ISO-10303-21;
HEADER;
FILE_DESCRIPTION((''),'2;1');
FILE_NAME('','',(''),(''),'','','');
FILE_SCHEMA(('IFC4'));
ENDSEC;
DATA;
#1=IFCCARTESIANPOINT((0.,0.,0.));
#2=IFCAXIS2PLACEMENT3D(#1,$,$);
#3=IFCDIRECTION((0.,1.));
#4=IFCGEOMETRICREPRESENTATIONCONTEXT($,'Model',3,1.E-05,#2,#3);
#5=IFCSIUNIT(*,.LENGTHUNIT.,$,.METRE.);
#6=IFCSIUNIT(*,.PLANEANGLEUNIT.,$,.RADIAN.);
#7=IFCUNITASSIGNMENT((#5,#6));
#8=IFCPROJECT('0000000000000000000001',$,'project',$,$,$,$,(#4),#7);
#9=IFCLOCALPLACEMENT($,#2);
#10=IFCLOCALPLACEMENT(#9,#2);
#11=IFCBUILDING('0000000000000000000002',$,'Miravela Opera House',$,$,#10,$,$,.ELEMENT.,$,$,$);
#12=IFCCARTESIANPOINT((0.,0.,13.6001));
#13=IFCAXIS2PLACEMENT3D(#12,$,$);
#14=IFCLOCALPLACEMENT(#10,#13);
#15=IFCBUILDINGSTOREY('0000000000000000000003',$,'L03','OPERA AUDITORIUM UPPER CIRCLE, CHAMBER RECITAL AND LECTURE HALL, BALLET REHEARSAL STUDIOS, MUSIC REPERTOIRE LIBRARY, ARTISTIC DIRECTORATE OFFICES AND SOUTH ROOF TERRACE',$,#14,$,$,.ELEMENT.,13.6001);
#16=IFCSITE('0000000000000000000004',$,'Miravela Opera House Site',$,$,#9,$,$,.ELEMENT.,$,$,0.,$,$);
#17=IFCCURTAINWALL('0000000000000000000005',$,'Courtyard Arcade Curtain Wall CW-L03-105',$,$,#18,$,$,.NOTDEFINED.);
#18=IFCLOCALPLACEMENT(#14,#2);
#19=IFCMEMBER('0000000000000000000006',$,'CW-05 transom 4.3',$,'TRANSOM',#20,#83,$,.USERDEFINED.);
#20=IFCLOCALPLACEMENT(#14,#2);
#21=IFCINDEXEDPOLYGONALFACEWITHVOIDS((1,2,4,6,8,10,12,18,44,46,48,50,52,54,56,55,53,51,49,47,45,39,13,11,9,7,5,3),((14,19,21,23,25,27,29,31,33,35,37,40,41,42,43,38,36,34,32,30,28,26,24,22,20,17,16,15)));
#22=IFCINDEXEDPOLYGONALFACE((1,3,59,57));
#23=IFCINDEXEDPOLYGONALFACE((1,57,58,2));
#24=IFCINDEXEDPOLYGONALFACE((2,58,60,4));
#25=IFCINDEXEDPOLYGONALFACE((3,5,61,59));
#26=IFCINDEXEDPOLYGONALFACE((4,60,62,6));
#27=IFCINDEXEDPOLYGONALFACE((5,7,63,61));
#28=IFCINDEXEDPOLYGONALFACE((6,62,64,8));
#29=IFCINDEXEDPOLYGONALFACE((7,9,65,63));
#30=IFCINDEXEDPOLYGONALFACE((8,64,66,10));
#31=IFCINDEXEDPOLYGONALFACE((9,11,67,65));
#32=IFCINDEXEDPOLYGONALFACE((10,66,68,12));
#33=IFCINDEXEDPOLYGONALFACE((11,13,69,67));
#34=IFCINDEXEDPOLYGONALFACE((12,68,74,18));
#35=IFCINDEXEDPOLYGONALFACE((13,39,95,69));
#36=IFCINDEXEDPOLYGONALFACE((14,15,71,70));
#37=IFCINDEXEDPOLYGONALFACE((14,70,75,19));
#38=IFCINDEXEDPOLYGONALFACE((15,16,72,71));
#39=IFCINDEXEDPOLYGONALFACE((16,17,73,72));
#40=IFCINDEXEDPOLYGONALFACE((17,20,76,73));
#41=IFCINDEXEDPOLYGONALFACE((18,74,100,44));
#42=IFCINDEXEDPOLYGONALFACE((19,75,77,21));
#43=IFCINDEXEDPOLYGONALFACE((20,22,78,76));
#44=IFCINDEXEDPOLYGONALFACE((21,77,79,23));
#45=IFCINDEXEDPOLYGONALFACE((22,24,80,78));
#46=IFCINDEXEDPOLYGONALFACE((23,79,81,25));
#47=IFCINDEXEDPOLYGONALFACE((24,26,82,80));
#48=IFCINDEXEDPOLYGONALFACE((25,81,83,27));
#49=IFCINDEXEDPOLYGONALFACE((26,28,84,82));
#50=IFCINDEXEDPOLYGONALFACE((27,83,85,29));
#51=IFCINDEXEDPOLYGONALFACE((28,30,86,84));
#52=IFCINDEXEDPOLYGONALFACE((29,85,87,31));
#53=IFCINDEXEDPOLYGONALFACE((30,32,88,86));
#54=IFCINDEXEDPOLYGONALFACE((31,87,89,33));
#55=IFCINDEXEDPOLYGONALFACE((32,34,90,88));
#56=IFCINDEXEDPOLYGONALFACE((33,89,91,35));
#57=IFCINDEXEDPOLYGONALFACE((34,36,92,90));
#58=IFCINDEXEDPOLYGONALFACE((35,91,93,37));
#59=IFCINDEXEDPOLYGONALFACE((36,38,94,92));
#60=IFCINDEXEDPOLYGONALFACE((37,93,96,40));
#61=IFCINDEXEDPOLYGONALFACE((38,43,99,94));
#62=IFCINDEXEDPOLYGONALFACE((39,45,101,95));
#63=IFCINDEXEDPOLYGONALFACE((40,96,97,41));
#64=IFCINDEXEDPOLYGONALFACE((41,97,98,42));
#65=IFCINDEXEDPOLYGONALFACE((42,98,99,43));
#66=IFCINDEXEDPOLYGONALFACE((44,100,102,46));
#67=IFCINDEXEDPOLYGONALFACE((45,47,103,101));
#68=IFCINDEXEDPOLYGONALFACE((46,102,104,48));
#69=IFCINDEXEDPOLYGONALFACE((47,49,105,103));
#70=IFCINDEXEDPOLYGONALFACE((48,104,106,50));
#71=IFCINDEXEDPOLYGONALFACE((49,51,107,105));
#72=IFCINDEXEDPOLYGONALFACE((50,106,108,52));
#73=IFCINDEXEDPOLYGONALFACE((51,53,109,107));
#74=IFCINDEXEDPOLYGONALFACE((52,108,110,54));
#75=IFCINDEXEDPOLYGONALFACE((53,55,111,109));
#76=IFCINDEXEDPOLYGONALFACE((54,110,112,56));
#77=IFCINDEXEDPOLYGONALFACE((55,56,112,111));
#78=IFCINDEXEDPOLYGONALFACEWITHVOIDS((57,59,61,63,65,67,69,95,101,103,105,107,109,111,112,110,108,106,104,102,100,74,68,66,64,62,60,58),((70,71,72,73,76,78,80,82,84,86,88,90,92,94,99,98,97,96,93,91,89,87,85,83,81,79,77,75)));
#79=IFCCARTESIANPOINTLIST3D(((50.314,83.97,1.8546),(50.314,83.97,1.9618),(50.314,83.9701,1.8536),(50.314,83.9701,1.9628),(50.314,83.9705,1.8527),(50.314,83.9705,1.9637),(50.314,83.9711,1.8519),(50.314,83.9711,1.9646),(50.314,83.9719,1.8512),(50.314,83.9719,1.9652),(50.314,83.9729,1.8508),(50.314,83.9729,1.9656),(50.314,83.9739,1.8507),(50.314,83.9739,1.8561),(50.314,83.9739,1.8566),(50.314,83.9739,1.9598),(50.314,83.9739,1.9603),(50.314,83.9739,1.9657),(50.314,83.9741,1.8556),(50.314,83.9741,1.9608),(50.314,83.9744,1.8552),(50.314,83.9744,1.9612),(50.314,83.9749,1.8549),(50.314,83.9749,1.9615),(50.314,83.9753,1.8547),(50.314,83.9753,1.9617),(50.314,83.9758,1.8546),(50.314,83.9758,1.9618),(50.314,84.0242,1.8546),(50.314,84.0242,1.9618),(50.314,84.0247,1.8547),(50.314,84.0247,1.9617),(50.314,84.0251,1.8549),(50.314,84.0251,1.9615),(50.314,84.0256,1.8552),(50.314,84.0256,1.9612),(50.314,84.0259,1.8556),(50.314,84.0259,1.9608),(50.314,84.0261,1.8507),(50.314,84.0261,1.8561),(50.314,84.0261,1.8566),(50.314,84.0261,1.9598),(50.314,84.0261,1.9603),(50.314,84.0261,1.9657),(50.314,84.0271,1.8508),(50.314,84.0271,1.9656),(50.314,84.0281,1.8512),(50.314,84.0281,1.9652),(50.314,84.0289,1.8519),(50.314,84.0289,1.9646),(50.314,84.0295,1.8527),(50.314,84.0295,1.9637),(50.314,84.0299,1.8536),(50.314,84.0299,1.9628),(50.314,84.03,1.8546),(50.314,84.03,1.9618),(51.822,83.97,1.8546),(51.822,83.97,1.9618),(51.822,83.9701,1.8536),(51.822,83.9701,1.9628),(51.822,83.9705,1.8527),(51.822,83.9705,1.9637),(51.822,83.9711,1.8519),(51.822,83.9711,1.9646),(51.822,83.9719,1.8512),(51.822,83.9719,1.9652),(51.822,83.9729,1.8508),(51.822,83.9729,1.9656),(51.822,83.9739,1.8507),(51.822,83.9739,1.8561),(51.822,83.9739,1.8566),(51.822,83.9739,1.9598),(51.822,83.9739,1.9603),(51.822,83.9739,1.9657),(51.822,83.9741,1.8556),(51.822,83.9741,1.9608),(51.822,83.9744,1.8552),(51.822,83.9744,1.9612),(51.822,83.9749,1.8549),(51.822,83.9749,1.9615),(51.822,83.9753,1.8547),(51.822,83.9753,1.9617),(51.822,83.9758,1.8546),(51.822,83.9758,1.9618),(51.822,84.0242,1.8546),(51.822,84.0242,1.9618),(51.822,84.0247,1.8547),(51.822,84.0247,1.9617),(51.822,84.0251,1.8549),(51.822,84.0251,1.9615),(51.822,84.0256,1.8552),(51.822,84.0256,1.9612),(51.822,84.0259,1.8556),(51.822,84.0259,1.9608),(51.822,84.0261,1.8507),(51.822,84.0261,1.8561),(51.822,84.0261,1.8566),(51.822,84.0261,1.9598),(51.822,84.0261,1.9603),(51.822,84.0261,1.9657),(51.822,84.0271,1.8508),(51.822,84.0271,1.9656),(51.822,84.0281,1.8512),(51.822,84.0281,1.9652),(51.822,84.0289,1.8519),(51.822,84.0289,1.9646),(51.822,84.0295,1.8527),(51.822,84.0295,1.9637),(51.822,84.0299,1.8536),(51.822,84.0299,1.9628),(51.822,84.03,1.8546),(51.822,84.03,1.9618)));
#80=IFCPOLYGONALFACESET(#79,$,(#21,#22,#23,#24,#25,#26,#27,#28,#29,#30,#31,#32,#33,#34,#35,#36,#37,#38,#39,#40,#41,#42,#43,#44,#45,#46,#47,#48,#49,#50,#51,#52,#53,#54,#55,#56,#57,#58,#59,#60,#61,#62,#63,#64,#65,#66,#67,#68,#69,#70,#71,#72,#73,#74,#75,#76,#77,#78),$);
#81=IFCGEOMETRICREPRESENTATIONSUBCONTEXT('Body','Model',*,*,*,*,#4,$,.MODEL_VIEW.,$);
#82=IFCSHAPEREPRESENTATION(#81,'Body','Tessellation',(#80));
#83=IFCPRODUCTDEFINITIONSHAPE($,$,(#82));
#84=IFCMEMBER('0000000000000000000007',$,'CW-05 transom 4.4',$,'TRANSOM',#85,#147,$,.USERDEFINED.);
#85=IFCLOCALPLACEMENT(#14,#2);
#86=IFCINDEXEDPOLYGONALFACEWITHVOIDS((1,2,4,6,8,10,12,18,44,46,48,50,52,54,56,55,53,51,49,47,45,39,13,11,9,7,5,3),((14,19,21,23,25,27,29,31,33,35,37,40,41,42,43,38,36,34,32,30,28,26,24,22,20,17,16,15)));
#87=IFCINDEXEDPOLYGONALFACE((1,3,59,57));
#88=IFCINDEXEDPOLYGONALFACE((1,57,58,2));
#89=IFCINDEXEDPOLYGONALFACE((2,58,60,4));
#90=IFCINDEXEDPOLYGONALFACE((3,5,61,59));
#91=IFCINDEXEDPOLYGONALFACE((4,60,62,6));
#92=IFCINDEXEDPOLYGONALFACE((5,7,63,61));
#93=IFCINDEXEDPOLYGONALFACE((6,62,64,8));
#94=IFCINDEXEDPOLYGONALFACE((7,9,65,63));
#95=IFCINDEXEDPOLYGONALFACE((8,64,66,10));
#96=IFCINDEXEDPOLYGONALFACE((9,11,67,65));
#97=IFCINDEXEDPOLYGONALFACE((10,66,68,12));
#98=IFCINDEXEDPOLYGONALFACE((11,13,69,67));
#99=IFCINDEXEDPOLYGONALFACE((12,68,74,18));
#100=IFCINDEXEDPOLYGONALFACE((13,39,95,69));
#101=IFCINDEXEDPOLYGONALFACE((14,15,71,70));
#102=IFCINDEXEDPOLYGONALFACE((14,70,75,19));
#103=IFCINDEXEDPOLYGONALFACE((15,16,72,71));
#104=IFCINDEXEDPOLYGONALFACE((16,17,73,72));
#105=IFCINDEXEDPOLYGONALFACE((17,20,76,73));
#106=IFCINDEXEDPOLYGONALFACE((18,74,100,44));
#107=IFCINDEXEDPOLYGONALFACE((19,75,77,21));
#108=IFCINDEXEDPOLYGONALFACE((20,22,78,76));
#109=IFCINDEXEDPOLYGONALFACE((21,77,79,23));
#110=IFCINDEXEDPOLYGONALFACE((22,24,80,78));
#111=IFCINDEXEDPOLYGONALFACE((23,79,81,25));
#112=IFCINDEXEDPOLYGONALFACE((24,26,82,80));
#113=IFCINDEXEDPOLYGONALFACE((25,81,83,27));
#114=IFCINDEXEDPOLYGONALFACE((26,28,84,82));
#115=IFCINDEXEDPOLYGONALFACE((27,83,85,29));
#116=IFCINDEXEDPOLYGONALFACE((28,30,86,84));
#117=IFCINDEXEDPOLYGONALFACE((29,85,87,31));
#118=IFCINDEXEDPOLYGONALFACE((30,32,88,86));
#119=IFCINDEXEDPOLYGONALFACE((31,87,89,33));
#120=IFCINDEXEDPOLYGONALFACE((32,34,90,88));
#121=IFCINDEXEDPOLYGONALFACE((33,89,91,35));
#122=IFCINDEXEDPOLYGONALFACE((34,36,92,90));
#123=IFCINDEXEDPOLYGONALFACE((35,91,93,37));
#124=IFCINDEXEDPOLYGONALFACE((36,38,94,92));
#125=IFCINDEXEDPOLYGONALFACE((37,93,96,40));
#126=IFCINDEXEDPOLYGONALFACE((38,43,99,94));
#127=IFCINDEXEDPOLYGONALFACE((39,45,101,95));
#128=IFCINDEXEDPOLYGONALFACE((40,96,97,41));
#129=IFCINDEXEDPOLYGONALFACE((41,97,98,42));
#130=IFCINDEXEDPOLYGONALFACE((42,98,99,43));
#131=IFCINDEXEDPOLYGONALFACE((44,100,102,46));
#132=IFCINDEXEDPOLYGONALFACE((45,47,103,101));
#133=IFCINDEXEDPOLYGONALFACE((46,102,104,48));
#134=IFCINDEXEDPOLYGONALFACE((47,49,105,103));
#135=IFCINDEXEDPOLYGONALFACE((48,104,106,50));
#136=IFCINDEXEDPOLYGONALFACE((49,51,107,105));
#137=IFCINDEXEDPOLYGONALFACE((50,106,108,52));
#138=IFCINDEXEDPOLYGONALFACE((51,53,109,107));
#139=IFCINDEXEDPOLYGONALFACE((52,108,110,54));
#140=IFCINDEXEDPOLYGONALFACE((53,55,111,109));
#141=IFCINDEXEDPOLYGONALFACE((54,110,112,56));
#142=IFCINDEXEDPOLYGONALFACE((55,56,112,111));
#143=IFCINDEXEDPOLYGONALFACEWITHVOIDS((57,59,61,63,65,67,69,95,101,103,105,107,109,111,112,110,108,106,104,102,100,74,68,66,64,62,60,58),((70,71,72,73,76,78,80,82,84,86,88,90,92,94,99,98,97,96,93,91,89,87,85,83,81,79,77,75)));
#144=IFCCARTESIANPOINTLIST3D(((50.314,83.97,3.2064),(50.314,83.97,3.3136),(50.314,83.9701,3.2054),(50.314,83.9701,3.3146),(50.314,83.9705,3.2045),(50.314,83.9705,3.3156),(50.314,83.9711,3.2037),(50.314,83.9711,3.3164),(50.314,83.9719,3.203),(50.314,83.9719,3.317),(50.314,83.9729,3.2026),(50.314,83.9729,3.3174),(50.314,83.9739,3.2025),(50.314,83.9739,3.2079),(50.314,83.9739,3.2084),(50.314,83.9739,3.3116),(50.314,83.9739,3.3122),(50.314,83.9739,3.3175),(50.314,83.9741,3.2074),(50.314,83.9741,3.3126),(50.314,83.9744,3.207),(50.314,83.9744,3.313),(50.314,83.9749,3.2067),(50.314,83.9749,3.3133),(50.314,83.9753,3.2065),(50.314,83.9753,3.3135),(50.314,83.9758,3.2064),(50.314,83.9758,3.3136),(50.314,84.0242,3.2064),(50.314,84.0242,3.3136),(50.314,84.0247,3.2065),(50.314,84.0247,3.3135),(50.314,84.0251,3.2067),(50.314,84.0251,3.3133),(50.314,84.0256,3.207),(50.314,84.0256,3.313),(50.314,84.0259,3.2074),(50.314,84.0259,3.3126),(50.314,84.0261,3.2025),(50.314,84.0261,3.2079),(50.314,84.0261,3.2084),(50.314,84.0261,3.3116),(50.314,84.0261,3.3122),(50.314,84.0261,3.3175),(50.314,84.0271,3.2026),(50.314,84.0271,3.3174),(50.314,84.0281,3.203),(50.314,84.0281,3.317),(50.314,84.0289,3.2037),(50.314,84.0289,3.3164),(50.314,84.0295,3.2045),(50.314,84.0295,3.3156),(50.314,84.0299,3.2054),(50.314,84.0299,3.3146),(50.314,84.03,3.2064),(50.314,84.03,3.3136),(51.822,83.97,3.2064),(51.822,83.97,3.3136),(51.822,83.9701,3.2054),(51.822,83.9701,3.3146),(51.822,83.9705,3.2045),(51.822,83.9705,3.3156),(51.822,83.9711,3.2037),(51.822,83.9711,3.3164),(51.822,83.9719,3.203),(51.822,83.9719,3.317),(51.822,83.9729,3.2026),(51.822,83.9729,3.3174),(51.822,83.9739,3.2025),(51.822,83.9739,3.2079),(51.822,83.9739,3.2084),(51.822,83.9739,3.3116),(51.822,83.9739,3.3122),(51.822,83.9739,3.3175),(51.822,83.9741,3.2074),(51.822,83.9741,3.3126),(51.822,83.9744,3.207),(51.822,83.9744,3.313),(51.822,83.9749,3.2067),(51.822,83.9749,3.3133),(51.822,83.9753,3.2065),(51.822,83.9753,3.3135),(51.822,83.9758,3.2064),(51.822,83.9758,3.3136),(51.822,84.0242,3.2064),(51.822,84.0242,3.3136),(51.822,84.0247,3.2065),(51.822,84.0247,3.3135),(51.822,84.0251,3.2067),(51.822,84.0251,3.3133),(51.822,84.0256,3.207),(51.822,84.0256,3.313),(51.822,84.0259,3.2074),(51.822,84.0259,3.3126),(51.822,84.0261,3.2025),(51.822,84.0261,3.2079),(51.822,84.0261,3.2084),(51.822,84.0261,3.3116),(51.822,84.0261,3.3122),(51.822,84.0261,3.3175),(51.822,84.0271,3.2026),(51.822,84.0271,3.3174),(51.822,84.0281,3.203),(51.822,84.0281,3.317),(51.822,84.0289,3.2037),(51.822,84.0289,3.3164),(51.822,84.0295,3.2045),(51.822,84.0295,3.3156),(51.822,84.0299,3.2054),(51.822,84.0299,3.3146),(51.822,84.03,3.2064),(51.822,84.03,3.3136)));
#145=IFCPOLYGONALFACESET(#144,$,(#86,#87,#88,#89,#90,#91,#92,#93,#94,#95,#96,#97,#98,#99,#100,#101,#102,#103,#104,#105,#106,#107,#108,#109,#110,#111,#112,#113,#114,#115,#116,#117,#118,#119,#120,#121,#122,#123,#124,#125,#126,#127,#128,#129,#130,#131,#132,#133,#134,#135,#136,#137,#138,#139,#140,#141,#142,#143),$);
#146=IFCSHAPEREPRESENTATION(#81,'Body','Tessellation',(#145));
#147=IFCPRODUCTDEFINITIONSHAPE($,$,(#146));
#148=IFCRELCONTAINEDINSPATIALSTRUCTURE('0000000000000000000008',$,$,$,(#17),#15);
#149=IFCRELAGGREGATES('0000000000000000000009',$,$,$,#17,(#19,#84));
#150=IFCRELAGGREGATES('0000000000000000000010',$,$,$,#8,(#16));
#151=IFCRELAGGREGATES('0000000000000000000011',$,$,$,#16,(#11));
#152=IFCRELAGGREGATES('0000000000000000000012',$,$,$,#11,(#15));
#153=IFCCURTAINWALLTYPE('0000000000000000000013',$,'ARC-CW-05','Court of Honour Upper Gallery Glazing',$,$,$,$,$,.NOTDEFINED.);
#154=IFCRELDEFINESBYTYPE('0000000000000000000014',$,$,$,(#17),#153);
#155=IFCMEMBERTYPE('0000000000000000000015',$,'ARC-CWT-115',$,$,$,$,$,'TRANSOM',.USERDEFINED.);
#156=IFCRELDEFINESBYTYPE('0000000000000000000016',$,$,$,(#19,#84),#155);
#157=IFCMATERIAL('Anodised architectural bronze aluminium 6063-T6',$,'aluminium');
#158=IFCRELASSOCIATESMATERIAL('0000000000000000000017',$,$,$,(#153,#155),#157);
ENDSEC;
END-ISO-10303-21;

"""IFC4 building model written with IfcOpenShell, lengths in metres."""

from ifc_helpers import new_model, si_unit, direction, frame, origin, origin_2d, place, context, subcontext, project, spatial, hollow_rectangle, extrude, material, material_profile, profile_set, type_object, element, aggregate, save


model = new_model("IFC4")

# Units and contexts
model_context = context("Model", 3, precision=1e-05, world=origin(), true_north=direction((0.0, 1.0)))
body_context = subcontext(model_context, "Body", "Model", "MODEL_VIEW")
ifc_project = project(units=[si_unit("LENGTHUNIT", "METRE"), si_unit("PLANEANGLEUNIT", "RADIAN")], contexts=[model_context])

# Site, building, storey
site_placement = place(None, origin())
site = spatial("IfcSite", under=ifc_project, at=site_placement, Name="Miravela Opera House Site", CompositionType="ELEMENT", RefElevation=0.0)
building_placement = place(site_placement, origin())
building = spatial("IfcBuilding", under=site, at=building_placement, Name="Miravela Opera House", CompositionType="ELEMENT")
storey_placement = place(building_placement, frame((0.0, 0.0, 13.6001)))
storey = spatial("IfcBuildingStorey", under=building, at=storey_placement, Name="L03", Description="OPERA AUDITORIUM UPPER CIRCLE, CHAMBER RECITAL AND LECTURE HALL, BALLET REHEARSAL STUDIOS, MUSIC REPERTOIRE LIBRARY, ARTISTIC DIRECTORATE OFFICES AND SOUTH ROOF TERRACE", CompositionType="ELEMENT", Elevation=13.6001)

# Curtain wall
ifc_material_1 = material(Name="Anodised architectural bronze aluminium 6063-T6", Category="aluminium")
curtain_wall_type = type_object("IfcCurtainWallType", Name="ARC-CW-05", Description="Court of Honour Upper Gallery Glazing", PredefinedType="NOTDEFINED", material=ifc_material_1)
curtain_wall_1_placement = place(storey_placement, origin())
curtain_wall_1 = element("IfcCurtainWall", 1, at=curtain_wall_1_placement, inside=storey, type_object=curtain_wall_type, Name="Courtyard Arcade Curtain Wall CW-L03-105", PredefinedType="NOTDEFINED")

# Members
ifc_material_profile_1 = material_profile(ifc_material_1, hollow_rectangle(XDim=0.0601, YDim=0.115, WallThickness=0.0039, InnerFilletRadius=0.002, OuterFilletRadius=0.0039, at=origin_2d()), Name="CWT-60X115")
ifc_profile_set_1 = profile_set([ifc_material_profile_1])
member_type_1 = type_object("IfcMemberType", Name="ARC-CWT-115", ElementType="TRANSOM", PredefinedType="USERDEFINED", material=ifc_profile_set_1)
member_1_placement = place(storey_placement, frame((50.314, 84.0, 1.9082), z_axis=(1.0, 0.0, 0.0), x_axis=(0.0, 1.0, 0.0)))
member_1 = element("IfcMember", 2, at=member_1_placement, type_object=member_type_1, Name="CW-05 transom 4.3", ObjectType="TRANSOM", PredefinedType="USERDEFINED", context=body_context, shape_type="SweptSolid", body=[
    extrude(hollow_rectangle(XDim=0.0601, YDim=0.115, WallThickness=0.0039, InnerFilletRadius=0.002, OuterFilletRadius=0.0039, at=origin_2d()), origin(), (0.0, 0.0, 1.0), 1.5081),
])
member_2_placement = place(storey_placement, frame((50.314, 84.0, 3.26), z_axis=(1.0, 0.0, 0.0), x_axis=(0.0, 1.0, 0.0)))
member_2 = element("IfcMember", 3, at=member_2_placement, type_object=member_type_1, Name="CW-05 transom 4.4", ObjectType="TRANSOM", PredefinedType="USERDEFINED", context=body_context, shape_type="SweptSolid", body=[
    extrude(hollow_rectangle(XDim=0.0601, YDim=0.115, WallThickness=0.0039, InnerFilletRadius=0.002, OuterFilletRadius=0.0039, at=origin_2d()), origin(), (0.0, 0.0, 1.0), 1.5081),
])

aggregate(curtain_wall_1, [member_1, member_2])

save(model, "model.ifc")
